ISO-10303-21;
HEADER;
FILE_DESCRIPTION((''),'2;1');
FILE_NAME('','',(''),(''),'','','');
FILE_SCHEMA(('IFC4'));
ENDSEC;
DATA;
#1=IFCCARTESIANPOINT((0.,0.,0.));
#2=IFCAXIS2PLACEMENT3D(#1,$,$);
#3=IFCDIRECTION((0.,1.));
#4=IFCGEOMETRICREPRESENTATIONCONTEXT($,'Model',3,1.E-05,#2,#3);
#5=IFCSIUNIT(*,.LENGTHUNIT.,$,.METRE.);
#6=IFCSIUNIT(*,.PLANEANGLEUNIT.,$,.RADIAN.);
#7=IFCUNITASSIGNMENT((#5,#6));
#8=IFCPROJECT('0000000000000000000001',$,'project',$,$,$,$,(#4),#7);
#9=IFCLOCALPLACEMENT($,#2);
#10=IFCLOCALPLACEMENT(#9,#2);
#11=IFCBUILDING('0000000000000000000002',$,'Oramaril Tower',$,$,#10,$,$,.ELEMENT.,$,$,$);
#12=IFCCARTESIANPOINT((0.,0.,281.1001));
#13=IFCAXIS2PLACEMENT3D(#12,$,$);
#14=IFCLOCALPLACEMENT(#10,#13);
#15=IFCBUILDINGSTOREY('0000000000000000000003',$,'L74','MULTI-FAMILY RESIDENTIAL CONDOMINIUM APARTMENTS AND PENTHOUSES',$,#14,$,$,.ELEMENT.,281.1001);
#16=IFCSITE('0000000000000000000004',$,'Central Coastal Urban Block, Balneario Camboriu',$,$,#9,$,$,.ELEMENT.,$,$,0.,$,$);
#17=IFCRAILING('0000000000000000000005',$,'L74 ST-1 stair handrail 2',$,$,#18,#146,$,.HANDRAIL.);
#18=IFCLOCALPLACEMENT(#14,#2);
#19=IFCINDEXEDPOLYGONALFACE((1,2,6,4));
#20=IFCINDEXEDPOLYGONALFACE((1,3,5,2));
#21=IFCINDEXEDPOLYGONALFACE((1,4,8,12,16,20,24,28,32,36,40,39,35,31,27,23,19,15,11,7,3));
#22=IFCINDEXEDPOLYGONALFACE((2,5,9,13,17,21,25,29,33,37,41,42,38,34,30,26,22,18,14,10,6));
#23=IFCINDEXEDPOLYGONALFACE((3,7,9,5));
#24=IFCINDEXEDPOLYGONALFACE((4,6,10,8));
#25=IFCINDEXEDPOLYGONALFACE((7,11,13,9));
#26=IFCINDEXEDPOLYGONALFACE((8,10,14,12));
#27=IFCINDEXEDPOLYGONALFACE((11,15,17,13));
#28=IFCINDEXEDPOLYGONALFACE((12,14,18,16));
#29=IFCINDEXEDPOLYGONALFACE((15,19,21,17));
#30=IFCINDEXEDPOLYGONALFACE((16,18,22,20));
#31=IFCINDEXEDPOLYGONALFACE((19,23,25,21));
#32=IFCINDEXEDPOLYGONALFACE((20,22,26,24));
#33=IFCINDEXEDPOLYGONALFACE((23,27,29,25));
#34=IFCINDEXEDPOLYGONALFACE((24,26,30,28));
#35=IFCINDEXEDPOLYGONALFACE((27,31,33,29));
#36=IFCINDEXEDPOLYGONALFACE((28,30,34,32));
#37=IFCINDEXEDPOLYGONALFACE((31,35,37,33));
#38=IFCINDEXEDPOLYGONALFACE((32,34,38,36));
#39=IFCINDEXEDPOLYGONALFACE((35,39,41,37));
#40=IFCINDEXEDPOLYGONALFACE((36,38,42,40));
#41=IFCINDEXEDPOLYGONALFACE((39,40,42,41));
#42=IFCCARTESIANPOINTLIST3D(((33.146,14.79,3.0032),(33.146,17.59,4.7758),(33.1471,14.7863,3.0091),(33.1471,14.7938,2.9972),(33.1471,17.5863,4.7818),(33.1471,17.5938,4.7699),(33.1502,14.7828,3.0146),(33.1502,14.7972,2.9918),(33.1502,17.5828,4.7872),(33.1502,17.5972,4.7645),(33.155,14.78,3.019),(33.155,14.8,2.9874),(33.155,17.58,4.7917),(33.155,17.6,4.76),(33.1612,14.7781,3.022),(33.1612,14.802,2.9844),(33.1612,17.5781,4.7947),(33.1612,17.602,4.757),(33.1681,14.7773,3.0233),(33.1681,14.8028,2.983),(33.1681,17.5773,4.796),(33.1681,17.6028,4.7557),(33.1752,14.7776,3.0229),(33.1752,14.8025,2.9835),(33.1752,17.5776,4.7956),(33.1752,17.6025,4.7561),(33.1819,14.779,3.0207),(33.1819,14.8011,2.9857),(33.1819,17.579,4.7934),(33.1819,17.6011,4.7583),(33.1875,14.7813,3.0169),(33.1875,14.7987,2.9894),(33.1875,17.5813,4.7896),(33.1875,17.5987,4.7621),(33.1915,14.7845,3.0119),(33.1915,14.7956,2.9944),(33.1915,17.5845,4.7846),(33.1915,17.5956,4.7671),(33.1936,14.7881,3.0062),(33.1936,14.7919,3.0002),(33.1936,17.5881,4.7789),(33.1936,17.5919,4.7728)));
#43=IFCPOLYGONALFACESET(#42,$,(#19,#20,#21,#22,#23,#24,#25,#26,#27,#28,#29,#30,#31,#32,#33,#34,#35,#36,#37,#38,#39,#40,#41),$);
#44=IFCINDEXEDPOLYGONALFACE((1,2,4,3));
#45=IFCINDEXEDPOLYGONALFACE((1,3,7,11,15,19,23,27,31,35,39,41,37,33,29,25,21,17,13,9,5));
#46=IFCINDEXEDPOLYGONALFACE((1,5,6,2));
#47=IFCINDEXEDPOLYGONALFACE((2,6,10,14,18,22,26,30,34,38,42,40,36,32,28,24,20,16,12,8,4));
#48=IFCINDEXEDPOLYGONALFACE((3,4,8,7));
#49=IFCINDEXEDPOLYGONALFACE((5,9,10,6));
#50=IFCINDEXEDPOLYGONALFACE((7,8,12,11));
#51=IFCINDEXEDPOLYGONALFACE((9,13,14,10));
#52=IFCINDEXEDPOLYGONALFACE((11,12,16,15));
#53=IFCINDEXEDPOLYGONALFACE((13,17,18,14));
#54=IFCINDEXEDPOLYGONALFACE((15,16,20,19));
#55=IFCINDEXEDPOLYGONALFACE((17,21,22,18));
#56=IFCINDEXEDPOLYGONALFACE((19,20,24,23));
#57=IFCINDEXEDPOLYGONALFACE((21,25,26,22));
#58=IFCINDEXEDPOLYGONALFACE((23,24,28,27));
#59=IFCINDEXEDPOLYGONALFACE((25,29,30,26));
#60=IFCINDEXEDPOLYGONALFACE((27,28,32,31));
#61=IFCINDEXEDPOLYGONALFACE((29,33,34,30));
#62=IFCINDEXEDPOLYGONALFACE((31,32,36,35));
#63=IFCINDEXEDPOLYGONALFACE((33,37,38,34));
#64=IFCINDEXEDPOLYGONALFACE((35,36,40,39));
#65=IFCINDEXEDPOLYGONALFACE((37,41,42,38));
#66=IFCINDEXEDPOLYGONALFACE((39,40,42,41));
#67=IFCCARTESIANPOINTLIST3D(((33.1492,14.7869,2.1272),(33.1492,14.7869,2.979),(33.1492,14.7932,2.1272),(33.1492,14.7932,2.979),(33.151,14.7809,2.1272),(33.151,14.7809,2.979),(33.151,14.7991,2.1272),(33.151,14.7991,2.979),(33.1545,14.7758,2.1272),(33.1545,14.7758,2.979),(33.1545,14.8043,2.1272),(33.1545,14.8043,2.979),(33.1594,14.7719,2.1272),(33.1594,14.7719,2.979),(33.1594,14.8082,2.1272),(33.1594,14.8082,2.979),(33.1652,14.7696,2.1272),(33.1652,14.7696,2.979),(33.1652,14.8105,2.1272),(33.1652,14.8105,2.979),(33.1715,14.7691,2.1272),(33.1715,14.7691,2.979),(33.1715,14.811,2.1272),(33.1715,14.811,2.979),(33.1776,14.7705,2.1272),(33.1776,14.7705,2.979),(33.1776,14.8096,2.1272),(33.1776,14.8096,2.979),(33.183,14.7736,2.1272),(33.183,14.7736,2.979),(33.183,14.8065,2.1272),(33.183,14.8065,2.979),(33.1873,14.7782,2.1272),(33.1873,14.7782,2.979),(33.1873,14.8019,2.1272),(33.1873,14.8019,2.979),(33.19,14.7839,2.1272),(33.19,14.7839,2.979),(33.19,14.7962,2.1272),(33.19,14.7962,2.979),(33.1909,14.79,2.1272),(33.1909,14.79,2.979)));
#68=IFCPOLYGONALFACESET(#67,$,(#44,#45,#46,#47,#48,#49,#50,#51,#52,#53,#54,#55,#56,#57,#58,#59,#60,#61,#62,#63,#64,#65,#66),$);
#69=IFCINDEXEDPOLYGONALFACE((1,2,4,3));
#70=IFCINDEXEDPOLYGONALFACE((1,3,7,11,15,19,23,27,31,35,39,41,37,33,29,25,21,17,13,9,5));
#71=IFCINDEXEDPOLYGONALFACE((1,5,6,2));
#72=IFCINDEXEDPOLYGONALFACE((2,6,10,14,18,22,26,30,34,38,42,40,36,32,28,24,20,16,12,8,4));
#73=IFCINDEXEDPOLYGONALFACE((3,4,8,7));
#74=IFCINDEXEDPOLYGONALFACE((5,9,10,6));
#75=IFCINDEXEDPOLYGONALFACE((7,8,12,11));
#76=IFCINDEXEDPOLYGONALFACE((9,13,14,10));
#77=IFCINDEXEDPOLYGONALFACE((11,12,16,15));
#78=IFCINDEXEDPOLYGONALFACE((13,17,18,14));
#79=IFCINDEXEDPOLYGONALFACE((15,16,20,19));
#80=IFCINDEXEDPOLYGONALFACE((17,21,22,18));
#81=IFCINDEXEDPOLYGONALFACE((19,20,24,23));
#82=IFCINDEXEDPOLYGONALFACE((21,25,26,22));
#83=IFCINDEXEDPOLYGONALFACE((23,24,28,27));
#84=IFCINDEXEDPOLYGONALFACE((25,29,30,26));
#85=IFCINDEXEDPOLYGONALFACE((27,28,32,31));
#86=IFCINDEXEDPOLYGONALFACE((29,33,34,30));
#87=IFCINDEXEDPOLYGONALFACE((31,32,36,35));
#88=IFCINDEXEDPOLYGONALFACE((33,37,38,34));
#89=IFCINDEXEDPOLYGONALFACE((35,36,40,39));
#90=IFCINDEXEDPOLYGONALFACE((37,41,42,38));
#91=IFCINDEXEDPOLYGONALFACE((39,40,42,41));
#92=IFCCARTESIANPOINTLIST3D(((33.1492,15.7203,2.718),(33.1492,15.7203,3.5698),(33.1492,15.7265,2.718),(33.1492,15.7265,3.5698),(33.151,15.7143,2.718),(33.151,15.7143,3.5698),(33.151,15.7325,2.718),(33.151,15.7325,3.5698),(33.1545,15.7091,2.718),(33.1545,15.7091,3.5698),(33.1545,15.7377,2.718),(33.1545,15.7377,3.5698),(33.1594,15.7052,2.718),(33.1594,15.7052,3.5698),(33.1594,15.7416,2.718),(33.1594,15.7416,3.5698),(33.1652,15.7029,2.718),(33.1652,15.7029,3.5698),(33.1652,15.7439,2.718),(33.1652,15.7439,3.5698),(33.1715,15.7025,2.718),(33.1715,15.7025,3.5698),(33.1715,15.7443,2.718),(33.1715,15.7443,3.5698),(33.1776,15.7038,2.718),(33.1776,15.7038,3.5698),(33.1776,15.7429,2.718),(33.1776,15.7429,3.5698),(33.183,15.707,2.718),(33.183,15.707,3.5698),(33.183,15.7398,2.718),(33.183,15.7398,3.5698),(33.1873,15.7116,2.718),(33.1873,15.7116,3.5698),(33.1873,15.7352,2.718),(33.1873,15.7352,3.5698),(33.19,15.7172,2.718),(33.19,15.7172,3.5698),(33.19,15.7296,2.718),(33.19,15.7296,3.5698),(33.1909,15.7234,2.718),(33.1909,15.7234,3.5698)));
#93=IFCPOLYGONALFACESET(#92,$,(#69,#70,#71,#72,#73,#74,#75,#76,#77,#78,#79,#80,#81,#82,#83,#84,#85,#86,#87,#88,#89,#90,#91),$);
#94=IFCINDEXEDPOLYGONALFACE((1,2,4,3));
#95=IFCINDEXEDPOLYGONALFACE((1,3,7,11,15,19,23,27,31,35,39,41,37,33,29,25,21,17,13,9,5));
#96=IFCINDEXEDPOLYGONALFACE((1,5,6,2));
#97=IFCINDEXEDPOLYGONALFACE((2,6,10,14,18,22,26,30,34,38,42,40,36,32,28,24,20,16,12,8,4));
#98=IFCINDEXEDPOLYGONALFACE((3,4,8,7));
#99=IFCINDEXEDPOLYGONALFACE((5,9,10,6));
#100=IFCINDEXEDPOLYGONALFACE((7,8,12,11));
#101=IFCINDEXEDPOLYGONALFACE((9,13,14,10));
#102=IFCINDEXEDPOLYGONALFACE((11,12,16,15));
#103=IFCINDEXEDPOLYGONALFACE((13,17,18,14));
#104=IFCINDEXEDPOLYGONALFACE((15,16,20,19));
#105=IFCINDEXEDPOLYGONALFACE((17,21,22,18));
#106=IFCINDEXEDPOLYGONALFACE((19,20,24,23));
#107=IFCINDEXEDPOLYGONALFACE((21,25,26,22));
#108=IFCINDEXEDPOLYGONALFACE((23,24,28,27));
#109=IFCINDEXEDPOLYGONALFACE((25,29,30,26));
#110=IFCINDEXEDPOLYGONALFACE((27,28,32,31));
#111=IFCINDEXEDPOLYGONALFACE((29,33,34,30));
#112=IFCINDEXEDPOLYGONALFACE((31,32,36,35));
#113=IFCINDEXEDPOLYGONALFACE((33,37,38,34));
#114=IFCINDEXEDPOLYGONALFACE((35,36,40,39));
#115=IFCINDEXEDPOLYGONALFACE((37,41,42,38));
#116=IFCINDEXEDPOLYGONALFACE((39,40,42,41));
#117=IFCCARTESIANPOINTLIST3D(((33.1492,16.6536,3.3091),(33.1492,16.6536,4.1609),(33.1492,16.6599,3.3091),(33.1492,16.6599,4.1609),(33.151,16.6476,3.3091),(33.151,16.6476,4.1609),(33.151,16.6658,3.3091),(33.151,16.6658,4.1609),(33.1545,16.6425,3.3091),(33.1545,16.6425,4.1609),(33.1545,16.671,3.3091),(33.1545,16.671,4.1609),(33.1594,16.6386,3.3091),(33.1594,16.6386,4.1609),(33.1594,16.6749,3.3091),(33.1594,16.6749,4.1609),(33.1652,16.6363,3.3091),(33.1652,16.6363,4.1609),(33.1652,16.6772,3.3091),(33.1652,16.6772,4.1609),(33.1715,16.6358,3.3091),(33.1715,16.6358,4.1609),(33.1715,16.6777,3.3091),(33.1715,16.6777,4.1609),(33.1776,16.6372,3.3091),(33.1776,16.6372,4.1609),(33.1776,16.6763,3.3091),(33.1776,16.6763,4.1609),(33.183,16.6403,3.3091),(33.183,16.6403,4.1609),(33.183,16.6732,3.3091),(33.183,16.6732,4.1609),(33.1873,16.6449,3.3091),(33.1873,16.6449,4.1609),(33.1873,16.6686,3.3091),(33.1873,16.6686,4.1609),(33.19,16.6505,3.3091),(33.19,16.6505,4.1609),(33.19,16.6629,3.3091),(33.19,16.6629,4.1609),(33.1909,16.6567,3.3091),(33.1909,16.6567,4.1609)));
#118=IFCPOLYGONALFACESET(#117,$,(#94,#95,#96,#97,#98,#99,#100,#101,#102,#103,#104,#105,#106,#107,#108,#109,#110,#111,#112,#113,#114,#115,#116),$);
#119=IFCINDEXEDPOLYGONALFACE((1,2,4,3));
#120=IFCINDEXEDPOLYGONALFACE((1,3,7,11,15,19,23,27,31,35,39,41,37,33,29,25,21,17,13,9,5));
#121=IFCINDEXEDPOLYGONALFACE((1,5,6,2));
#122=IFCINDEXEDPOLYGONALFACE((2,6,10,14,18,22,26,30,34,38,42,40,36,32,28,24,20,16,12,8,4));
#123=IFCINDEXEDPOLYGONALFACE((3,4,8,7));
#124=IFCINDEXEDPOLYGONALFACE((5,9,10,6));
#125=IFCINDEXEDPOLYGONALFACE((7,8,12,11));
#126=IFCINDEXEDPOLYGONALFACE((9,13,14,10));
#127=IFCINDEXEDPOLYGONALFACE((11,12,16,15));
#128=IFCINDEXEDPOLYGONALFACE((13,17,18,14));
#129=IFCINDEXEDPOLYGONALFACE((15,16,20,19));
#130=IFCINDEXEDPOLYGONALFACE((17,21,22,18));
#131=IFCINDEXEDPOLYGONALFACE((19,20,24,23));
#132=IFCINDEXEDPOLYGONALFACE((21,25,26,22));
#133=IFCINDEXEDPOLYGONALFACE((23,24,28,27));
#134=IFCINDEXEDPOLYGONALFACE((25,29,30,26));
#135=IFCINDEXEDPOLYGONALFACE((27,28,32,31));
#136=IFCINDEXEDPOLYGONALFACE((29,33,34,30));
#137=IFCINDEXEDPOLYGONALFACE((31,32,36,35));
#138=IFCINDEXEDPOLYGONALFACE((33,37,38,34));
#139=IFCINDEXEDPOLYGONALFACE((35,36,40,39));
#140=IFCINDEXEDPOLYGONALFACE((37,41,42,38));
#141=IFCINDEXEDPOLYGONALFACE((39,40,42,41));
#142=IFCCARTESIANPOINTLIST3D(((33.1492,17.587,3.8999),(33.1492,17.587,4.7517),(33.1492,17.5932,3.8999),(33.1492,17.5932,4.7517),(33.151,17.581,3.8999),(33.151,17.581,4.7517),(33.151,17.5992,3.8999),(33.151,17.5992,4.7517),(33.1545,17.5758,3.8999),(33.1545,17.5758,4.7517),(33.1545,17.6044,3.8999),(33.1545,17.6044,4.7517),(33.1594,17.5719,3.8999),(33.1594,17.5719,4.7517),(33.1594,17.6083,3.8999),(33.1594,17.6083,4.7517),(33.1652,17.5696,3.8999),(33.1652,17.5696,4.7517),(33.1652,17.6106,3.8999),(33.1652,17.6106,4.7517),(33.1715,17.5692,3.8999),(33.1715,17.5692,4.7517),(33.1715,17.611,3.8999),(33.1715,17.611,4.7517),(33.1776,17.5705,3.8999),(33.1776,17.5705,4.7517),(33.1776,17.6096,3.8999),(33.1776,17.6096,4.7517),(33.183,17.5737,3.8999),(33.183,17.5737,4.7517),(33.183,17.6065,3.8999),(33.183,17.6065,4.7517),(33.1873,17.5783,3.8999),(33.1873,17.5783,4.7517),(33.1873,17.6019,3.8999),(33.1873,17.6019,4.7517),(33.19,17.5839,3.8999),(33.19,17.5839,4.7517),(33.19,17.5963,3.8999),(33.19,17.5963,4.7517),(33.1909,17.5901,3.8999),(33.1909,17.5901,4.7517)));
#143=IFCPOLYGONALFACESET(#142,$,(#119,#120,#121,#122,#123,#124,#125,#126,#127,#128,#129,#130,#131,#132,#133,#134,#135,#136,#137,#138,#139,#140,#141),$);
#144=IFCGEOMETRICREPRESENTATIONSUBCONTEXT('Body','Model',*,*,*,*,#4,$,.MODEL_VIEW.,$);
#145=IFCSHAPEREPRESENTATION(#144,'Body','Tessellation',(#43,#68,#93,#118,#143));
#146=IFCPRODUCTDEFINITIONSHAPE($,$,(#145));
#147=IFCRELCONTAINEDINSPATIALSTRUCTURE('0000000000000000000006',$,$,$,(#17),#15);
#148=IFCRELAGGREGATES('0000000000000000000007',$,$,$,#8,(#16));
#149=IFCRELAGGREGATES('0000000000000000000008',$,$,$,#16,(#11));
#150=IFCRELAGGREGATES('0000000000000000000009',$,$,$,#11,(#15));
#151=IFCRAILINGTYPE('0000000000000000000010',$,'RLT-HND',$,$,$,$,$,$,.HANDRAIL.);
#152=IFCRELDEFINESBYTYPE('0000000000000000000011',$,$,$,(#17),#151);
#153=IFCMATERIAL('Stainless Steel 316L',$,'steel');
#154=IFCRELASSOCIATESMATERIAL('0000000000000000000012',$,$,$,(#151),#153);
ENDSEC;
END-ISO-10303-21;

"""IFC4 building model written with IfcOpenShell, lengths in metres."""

from ifc_helpers import new_model, si_unit, direction, frame, origin, origin_2d, place, context, subcontext, project, spatial, circle, extrude, material, type_object, element, save


model = new_model("IFC4")

# Units and contexts
model_context = context("Model", 3, precision=1e-05, world=origin(), true_north=direction((0.0, 1.0)))
body_context = subcontext(model_context, "Body", "Model", "MODEL_VIEW")
ifc_project = project(units=[si_unit("LENGTHUNIT", "METRE"), si_unit("PLANEANGLEUNIT", "RADIAN")], contexts=[model_context])

# Site, building, storey
site_placement = place(None, origin())
site = spatial("IfcSite", under=ifc_project, at=site_placement, Name="Central Coastal Urban Block, Balneario Camboriu", CompositionType="ELEMENT", RefElevation=0.0)
building_placement = place(site_placement, origin())
building = spatial("IfcBuilding", under=site, at=building_placement, Name="Oramaril Tower", CompositionType="ELEMENT")
storey_placement = place(building_placement, frame((0.0, 0.0, 281.1001)))
storey = spatial("IfcBuildingStorey", under=building, at=storey_placement, Name="L74", Description="MULTI-FAMILY RESIDENTIAL CONDOMINIUM APARTMENTS AND PENTHOUSES", CompositionType="ELEMENT", Elevation=281.1001)

# Railing
ifc_material_1 = material(Name="Stainless Steel 316L", Category="steel")
railing_type_1 = type_object("IfcRailingType", Name="RLT-HND", PredefinedType="HANDRAIL", material=ifc_material_1)
railing_1_placement = place(storey_placement, frame((33.1699, 14.79, 2.1272)))
element("IfcRailing", 1, at=railing_1_placement, inside=storey, type_object=railing_type_1, Name="L74 ST-1 stair handrail 2", PredefinedType="HANDRAIL", context=body_context, shape_type="SweptSolid", body=[
    extrude(circle(Radius=0.0239, at=origin_2d()), frame((0.0, 0.0, 0.876), z_axis=(0.0, 0.844909, 0.53491), x_axis=(-1.0, 0.0, 0.0)), (0.0, 0.0, 1.0), 3.314),
    extrude(circle(Radius=0.021, at=origin_2d()), origin(), (0.0, 0.0, 1.0), 0.8518),
    extrude(circle(Radius=0.021, at=origin_2d()), frame((0.0, 0.9333, 0.5908)), (0.0, 0.0, 1.0), 0.8518),
    extrude(circle(Radius=0.021, at=origin_2d()), frame((0.0, 1.8667, 1.1819)), (0.0, 0.0, 1.0), 0.8518),
    extrude(circle(Radius=0.021, at=origin_2d()), frame((0.0, 2.8, 1.7727)), (0.0, 0.0, 1.0), 0.8518),
])

save(model, "model.ifc")
